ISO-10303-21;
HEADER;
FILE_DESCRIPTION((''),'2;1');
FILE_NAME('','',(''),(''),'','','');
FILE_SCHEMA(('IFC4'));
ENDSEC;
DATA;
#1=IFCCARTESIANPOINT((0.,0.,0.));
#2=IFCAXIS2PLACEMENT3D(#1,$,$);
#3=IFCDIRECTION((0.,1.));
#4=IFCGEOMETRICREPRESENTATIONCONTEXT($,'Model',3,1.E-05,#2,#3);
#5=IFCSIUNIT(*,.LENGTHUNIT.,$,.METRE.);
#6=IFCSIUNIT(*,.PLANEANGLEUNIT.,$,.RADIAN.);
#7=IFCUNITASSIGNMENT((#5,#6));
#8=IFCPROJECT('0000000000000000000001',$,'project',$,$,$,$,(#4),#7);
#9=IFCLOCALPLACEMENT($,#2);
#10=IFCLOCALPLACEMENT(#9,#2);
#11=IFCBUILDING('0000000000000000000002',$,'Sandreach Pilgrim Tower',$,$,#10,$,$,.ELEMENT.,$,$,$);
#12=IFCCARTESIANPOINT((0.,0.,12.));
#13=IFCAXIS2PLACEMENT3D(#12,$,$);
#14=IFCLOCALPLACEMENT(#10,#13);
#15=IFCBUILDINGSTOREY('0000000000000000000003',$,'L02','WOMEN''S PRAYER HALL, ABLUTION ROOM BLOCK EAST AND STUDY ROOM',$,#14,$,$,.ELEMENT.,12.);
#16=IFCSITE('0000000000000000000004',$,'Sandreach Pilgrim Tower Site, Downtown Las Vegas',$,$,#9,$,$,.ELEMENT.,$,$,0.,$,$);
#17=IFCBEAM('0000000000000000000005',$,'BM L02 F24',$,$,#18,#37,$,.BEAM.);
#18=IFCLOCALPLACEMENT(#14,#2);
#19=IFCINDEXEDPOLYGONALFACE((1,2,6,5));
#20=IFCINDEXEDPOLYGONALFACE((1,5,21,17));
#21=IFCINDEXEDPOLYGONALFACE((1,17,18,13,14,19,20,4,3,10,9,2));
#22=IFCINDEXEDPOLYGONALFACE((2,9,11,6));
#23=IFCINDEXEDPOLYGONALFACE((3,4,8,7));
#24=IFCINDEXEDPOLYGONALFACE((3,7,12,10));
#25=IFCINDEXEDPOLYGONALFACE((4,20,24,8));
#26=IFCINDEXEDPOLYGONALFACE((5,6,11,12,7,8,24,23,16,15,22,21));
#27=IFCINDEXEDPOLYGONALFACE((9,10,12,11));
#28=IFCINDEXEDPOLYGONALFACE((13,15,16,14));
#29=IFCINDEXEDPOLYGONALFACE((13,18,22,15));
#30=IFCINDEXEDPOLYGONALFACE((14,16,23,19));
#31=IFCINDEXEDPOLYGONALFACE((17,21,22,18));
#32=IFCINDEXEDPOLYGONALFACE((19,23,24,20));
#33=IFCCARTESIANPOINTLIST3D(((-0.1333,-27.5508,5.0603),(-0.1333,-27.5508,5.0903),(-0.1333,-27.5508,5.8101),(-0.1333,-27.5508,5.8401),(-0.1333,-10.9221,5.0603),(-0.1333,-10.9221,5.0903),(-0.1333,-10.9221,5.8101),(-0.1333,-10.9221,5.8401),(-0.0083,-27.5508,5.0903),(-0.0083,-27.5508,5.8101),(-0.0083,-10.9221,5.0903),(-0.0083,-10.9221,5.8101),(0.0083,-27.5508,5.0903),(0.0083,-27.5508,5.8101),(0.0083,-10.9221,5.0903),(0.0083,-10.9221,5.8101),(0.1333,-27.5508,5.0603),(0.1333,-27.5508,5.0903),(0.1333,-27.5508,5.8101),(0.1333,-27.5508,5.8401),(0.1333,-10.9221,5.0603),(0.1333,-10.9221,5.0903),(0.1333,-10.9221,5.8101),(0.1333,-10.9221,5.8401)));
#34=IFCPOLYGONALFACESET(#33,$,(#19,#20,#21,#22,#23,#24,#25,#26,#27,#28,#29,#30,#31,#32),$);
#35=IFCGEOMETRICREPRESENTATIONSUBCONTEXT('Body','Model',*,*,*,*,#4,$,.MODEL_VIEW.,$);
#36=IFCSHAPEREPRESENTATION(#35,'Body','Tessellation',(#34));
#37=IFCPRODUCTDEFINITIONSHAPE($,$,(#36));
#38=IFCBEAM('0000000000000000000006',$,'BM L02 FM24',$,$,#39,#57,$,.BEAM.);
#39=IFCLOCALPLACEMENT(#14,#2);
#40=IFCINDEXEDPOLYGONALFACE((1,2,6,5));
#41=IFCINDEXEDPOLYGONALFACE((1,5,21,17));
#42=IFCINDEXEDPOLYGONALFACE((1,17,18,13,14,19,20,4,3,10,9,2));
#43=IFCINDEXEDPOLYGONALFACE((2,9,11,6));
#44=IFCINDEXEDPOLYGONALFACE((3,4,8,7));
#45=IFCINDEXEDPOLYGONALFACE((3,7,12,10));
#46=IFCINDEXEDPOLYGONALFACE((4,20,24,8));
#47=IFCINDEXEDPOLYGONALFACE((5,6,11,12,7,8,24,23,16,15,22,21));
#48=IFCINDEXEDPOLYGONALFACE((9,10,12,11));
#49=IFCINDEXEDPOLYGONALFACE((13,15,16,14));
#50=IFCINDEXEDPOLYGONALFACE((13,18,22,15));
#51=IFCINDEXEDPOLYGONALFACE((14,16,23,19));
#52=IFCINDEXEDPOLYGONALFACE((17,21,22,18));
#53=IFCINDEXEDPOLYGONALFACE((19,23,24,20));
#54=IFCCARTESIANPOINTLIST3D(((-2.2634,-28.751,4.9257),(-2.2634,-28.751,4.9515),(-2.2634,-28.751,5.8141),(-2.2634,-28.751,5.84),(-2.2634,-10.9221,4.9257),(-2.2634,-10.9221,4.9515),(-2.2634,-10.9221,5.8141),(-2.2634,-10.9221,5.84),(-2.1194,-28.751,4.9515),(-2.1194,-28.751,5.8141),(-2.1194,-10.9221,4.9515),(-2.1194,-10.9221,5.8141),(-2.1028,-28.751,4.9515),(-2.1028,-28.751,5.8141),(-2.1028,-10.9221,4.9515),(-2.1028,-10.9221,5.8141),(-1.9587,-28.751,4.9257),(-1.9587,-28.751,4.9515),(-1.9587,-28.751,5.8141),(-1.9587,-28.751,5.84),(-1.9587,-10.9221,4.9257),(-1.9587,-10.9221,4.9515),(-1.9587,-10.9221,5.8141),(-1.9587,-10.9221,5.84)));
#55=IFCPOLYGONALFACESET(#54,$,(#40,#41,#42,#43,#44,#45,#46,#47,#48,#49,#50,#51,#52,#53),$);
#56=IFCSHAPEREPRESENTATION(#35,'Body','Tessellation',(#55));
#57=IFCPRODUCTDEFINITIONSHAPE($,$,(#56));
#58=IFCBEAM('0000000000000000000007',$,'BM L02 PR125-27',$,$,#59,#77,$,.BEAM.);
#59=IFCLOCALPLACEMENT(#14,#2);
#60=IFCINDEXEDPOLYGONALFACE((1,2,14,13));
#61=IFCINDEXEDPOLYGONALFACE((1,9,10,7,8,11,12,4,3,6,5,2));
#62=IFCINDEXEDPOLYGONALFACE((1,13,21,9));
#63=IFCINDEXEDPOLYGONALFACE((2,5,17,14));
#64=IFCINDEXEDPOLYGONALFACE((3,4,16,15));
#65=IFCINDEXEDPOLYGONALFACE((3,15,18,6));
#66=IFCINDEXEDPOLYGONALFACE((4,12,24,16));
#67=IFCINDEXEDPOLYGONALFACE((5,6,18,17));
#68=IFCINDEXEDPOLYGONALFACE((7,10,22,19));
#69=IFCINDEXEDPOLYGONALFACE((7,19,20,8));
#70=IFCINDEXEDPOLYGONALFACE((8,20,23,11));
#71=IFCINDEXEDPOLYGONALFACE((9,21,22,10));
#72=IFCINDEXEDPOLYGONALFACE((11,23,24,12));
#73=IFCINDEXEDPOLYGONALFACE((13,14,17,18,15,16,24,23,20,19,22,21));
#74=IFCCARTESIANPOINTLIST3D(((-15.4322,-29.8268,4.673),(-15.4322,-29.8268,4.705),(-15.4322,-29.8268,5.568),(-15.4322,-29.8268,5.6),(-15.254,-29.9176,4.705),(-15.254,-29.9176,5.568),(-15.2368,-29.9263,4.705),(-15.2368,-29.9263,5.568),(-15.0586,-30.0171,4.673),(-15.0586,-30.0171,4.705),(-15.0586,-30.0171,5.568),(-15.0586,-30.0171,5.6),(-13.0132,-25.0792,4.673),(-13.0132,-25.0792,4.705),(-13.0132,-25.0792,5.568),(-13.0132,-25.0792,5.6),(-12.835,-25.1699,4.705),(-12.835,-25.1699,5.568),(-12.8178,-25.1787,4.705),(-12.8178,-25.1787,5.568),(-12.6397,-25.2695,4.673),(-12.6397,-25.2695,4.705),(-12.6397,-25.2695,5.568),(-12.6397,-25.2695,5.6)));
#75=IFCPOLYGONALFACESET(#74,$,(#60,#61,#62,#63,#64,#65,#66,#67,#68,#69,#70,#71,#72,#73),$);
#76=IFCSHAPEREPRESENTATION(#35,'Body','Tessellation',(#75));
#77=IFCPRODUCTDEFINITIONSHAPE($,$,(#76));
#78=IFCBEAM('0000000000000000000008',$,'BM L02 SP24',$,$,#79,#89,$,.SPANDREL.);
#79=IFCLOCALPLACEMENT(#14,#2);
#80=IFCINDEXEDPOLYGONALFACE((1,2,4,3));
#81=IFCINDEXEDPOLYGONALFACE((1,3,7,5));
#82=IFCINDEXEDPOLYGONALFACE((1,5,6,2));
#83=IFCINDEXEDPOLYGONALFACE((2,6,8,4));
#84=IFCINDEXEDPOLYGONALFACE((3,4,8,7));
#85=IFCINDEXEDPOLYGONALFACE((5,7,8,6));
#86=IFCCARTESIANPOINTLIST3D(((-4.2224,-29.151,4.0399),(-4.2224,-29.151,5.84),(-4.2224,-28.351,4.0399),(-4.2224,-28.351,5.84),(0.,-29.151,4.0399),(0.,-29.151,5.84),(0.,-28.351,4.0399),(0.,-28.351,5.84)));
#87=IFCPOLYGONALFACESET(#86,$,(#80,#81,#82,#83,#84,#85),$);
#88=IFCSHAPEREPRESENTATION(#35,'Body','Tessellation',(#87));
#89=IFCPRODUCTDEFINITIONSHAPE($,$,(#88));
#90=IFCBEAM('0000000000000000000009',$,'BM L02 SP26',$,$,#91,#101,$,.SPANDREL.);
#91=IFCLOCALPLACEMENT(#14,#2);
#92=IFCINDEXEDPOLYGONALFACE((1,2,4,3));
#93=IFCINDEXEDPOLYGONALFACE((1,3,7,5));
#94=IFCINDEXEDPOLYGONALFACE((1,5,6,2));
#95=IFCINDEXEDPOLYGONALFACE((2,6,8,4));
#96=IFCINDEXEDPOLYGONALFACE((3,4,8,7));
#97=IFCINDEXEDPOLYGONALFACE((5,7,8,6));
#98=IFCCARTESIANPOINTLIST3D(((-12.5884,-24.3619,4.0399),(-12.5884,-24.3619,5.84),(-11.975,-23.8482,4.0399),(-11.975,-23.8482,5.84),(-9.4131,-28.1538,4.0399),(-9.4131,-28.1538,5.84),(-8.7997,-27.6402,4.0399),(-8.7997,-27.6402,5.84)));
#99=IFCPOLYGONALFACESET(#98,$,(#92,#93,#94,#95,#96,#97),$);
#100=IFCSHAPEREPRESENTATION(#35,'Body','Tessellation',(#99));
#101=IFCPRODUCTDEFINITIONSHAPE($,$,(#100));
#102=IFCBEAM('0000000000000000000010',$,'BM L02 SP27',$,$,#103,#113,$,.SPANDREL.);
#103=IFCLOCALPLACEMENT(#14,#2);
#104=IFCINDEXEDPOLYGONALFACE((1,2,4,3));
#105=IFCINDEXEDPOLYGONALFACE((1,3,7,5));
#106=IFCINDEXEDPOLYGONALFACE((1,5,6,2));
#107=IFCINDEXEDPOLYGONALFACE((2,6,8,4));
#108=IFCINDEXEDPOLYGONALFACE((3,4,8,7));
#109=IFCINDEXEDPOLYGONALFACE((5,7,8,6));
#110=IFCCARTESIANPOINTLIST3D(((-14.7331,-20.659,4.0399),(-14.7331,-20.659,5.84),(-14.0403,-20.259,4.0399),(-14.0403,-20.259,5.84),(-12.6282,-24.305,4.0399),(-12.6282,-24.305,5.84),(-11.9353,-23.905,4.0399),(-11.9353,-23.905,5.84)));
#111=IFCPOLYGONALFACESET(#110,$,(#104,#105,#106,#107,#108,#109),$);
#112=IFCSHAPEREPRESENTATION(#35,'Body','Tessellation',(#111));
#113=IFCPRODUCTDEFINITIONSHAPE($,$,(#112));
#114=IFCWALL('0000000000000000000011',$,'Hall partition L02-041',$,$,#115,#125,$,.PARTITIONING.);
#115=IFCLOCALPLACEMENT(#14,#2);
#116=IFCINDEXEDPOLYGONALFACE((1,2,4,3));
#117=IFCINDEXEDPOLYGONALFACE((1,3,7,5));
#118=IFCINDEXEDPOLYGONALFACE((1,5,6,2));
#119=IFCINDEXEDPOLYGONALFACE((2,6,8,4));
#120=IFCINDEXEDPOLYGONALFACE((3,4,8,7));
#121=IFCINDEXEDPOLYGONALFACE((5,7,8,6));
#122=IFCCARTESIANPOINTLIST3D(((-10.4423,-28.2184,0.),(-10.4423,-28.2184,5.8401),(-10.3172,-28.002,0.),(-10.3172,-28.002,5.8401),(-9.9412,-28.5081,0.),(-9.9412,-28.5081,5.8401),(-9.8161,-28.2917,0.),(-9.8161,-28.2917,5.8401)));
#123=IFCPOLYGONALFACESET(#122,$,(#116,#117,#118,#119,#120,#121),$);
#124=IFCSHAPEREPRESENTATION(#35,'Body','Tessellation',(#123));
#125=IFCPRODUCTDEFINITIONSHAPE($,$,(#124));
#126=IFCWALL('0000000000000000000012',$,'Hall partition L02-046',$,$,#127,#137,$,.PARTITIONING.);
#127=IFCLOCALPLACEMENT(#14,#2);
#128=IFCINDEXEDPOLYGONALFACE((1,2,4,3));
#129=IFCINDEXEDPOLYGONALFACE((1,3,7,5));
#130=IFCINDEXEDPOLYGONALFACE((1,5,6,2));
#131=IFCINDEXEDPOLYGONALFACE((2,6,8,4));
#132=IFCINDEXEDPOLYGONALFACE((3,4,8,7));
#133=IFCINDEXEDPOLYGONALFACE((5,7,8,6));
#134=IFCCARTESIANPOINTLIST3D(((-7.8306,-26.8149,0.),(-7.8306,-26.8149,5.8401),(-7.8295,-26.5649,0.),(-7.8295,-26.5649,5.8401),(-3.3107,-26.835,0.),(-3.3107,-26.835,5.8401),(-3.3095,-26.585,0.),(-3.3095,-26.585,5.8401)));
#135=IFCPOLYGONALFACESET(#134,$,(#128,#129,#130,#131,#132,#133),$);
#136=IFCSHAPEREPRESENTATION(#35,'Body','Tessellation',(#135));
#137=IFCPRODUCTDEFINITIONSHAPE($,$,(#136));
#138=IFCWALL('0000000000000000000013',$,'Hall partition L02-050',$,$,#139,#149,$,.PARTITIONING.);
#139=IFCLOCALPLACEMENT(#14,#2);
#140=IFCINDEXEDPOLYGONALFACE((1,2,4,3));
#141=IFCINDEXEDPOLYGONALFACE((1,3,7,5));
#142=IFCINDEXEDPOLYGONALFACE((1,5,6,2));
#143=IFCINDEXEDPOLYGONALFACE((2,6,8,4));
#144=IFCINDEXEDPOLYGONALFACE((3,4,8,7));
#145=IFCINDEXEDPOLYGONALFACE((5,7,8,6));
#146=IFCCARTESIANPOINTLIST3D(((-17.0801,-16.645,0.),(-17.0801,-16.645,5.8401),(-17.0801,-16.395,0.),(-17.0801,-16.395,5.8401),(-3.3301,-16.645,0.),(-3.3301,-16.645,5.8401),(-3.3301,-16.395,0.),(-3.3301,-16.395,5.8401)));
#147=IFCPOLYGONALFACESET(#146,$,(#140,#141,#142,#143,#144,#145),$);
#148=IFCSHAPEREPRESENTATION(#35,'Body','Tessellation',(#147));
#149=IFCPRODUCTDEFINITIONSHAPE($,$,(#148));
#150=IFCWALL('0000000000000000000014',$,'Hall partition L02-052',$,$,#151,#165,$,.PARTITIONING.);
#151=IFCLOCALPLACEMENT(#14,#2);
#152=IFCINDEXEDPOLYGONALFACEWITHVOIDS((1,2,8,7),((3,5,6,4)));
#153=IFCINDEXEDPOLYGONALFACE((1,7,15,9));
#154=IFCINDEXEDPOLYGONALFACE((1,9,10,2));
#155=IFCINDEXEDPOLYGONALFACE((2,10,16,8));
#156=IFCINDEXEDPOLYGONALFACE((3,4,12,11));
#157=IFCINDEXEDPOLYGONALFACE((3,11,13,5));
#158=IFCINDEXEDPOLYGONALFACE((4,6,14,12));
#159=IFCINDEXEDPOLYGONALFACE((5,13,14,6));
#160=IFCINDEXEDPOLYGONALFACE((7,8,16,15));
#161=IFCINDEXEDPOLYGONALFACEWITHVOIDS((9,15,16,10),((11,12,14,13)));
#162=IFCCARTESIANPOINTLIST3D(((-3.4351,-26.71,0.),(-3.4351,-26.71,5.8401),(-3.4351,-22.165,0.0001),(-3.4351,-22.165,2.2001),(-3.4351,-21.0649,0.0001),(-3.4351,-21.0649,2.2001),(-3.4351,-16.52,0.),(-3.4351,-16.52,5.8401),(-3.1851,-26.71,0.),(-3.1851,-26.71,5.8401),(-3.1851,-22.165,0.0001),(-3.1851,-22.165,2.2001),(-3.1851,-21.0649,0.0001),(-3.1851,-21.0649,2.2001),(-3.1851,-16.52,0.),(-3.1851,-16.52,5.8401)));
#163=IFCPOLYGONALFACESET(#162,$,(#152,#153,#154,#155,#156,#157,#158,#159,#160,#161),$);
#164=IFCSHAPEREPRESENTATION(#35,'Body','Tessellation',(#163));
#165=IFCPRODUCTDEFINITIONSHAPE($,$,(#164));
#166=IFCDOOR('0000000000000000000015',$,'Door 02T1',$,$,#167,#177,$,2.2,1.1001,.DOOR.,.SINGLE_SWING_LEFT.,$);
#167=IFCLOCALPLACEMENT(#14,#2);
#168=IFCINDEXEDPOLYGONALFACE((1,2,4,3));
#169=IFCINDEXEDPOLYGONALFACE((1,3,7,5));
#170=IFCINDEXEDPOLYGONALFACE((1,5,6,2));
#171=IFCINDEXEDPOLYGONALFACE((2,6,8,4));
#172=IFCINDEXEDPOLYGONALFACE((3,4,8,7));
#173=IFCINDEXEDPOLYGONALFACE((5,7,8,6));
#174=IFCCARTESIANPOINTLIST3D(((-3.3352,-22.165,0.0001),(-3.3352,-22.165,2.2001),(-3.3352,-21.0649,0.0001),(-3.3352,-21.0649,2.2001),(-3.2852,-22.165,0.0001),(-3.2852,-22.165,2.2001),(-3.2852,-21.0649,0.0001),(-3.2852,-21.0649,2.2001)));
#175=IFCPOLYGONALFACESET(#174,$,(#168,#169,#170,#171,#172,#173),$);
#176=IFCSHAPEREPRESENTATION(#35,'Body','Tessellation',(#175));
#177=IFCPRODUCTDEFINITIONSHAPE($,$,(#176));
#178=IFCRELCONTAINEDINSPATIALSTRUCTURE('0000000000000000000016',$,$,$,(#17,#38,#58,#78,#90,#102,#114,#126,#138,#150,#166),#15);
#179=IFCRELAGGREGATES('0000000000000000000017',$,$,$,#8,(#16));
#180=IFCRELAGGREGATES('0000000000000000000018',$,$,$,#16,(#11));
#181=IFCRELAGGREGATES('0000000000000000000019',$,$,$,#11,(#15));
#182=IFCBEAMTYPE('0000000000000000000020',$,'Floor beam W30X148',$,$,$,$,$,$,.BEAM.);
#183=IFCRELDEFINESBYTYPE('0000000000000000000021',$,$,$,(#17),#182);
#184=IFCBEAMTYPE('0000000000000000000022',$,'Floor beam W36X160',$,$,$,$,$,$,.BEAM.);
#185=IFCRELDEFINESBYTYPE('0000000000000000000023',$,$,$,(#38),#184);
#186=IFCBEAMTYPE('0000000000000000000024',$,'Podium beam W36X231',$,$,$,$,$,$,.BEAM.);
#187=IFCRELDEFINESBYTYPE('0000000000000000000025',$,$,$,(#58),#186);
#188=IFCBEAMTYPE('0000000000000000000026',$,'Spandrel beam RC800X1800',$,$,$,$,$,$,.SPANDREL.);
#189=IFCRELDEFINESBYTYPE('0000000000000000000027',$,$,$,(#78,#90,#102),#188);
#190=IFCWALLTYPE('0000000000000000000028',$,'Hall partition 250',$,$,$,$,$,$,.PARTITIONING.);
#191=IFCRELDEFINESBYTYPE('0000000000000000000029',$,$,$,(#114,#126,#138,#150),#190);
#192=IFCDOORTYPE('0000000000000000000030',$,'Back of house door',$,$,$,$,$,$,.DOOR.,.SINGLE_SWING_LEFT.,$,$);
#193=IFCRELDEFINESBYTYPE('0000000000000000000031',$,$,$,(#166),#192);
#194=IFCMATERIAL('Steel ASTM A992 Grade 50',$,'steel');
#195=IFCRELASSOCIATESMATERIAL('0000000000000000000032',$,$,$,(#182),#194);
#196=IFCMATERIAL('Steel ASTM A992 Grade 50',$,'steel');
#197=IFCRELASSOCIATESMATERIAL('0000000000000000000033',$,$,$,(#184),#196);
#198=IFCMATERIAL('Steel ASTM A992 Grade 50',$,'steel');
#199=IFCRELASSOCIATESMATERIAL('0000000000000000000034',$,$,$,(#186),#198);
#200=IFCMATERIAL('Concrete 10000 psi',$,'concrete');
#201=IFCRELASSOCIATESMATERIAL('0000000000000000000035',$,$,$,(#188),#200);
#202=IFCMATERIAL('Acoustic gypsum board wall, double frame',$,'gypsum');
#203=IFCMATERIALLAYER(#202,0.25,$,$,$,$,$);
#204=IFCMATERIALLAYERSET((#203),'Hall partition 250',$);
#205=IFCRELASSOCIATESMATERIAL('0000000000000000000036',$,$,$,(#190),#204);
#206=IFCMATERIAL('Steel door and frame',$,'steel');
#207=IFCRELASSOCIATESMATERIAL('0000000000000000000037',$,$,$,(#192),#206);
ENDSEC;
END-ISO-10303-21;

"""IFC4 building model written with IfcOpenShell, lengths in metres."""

from ifc_helpers import new_model, si_unit, direction, frame, frame_2d, origin, origin_2d, place, context, subcontext, project, spatial, rectangle, i_section, extrude, material, layer, layer_set, material_profile, profile_set, type_object, element, fill, save


model = new_model("IFC4")

# Units and contexts
model_context = context("Model", 3, precision=1e-05, world=origin(), true_north=direction((0.0, 1.0)))
body_context = subcontext(model_context, "Body", "Model", "MODEL_VIEW")
ifc_project = project(units=[si_unit("LENGTHUNIT", "METRE"), si_unit("PLANEANGLEUNIT", "RADIAN")], contexts=[model_context])

# Site, building, storey
site_placement = place(None, origin())
site = spatial("IfcSite", under=ifc_project, at=site_placement, Name="Sandreach Pilgrim Tower Site, Downtown Las Vegas", CompositionType="ELEMENT", RefElevation=0.0)
building_placement = place(site_placement, origin())
building = spatial("IfcBuilding", under=site, at=building_placement, Name="Sandreach Pilgrim Tower", CompositionType="ELEMENT")
storey_placement = place(building_placement, frame((0.0, 0.0, 12.0)))
storey = spatial("IfcBuildingStorey", under=building, at=storey_placement, Name="L02", Description="WOMEN'S PRAYER HALL, ABLUTION ROOM BLOCK EAST AND STUDY ROOM", CompositionType="ELEMENT", Elevation=12.0)

# Beams
ifc_material_1 = material(Name="Steel ASTM A992 Grade 50", Category="steel")
ifc_material_profile_1 = material_profile(ifc_material_1, i_section(OverallWidth=0.2666, OverallDepth=0.7798, WebThickness=0.0166, FlangeThickness=0.03, at=origin_2d()), Name="W30X148")
ifc_profile_set_1 = profile_set([ifc_material_profile_1], Name="Steel ASTM A992 Grade 50")
beam_type_1 = type_object("IfcBeamType", Name="Floor beam W30X148", PredefinedType="BEAM", material=ifc_profile_set_1)
beam_1_placement = place(storey_placement, frame((0.0, -27.5508, 5.4502), z_axis=(0.0, 1.0, 0.0), x_axis=(-1.0, 0.0, 0.0)))
element("IfcBeam", 1, at=beam_1_placement, inside=storey, type_object=beam_type_1, Name="BM L02 F24", PredefinedType="BEAM", context=body_context, shape_type="SweptSolid", body=[
    extrude(i_section(OverallWidth=0.2666, OverallDepth=0.7798, WebThickness=0.0166, FlangeThickness=0.03, at=origin_2d()), origin(), (0.0, 0.0, 1.0), 16.6287),
])
ifc_material_2 = material(Name="Steel ASTM A992 Grade 50", Category="steel")
ifc_material_profile_2 = material_profile(ifc_material_2, i_section(OverallWidth=0.3047, OverallDepth=0.9143, WebThickness=0.0166, FlangeThickness=0.0259, at=origin_2d()), Name="W36X160")
ifc_profile_set_2 = profile_set([ifc_material_profile_2], Name="Steel ASTM A992 Grade 50")
beam_type_2 = type_object("IfcBeamType", Name="Floor beam W36X160", PredefinedType="BEAM", material=ifc_profile_set_2)
beam_2_placement = place(storey_placement, frame((-2.1111, -28.751, 5.3828), z_axis=(0.0, 1.0, 0.0), x_axis=(-1.0, 0.0, 0.0)))
element("IfcBeam", 2, at=beam_2_placement, inside=storey, type_object=beam_type_2, Name="BM L02 FM24", PredefinedType="BEAM", context=body_context, shape_type="SweptSolid", body=[
    extrude(i_section(OverallWidth=0.3047, OverallDepth=0.9143, WebThickness=0.0166, FlangeThickness=0.0259, at=origin_2d()), origin(), (0.0, 0.0, 1.0), 17.8289),
])
ifc_material_3 = material(Name="Steel ASTM A992 Grade 50", Category="steel")
ifc_material_profile_3 = material_profile(ifc_material_3, i_section(OverallWidth=0.4192, OverallDepth=0.927, WebThickness=0.0193, FlangeThickness=0.032, at=origin_2d()), Name="W36X231")
ifc_profile_set_3 = profile_set([ifc_material_profile_3], Name="Steel ASTM A992 Grade 50")
beam_type_3 = type_object("IfcBeamType", Name="Podium beam W36X231", PredefinedType="BEAM", material=ifc_profile_set_3)
beam_3_placement = place(storey_placement, frame((-12.8264, -25.1743, 5.1365), z_axis=(-0.453982, -0.891011, 0.0), x_axis=(0.891011, -0.453982, 0.0)))
element("IfcBeam", 3, at=beam_3_placement, inside=storey, type_object=beam_type_3, Name="BM L02 PR125-27", PredefinedType="BEAM", context=body_context, shape_type="SweptSolid", body=[
    extrude(i_section(OverallWidth=0.4192, OverallDepth=0.927, WebThickness=0.0193, FlangeThickness=0.032, at=origin_2d()), origin(), (0.0, 0.0, 1.0), 5.3284),
])
ifc_material_4 = material(Name="Concrete 10000 psi", Category="concrete")
ifc_material_profile_4 = material_profile(ifc_material_4, rectangle(XDim=0.8, YDim=1.8, at=origin_2d()), Name="RC800X1800")
ifc_profile_set_4 = profile_set([ifc_material_profile_4], Name="Concrete 10000 psi")
beam_type_4 = type_object("IfcBeamType", Name="Spandrel beam RC800X1800", PredefinedType="SPANDREL", material=ifc_profile_set_4)
beam_4_placement = place(storey_placement, frame((0.0, -28.751, 4.9399), z_axis=(-1.0, 0.0, 0.0), x_axis=(0.0, -1.0, 0.0)))
element("IfcBeam", 4, at=beam_4_placement, inside=storey, type_object=beam_type_4, Name="BM L02 SP24", PredefinedType="SPANDREL", context=body_context, shape_type="SweptSolid", body=[
    extrude(rectangle(XDim=0.8, YDim=1.8, at=origin_2d()), origin(), (0.0, 0.0, 1.0), 4.2224),
])
beam_5_placement = place(storey_placement, frame((-9.1064, -27.897, 4.9399), z_axis=(-0.642008, 0.766698, 0.0), x_axis=(-0.766698, -0.642008, 0.0)))
element("IfcBeam", 5, at=beam_5_placement, inside=storey, type_object=beam_type_4, Name="BM L02 SP26", PredefinedType="SPANDREL", context=body_context, shape_type="SweptSolid", body=[
    extrude(rectangle(XDim=0.8, YDim=1.8, at=origin_2d()), origin(), (0.0, 0.0, 1.0), 4.9458),
])
beam_6_placement = place(storey_placement, frame((-12.2817, -24.105, 4.9399), z_axis=(-0.499994, 0.866029, 0.0), x_axis=(-0.866029, -0.499994, 0.0)))
element("IfcBeam", 6, at=beam_6_placement, inside=storey, type_object=beam_type_4, Name="BM L02 SP27", PredefinedType="SPANDREL", context=body_context, shape_type="SweptSolid", body=[
    extrude(rectangle(XDim=0.8, YDim=1.8, at=origin_2d()), origin(), (0.0, 0.0, 1.0), 4.21),
])

# Walls
ifc_material_5 = material(Name="Acoustic gypsum board wall, double frame", Category="gypsum")
ifc_layer = layer(ifc_material_5, 0.25)
ifc_layer_set = layer_set([ifc_layer], Name="Hall partition 250")
wall_type = type_object("IfcWallType", Name="Hall partition 250", PredefinedType="PARTITIONING", material=ifc_layer_set)
wall_1_placement = place(storey_placement, frame((-10.3799, -28.1101, 0.0), z_axis=(0.0, 0.0, 1.0), x_axis=(0.865715, -0.500538, 0.0)))
element("IfcWall", 7, at=wall_1_placement, inside=storey, type_object=wall_type, Name="Hall partition L02-041", PredefinedType="PARTITIONING", context=body_context, shape_type="SweptSolid", body=[
    extrude(rectangle(XDim=0.5789, YDim=0.25, at=frame_2d((0.2896, 0.0))), origin(), (0.0, 0.0, 1.0), 5.8401),
])
wall_2_placement = place(storey_placement, frame((-7.8301, -26.6899, 0.0), z_axis=(0.0, 0.0, 1.0), x_axis=(0.99999, -0.004429, 0.0)))
element("IfcWall", 8, at=wall_2_placement, inside=storey, type_object=wall_type, Name="Hall partition L02-046", PredefinedType="PARTITIONING", context=body_context, shape_type="SweptSolid", body=[
    extrude(rectangle(XDim=4.52, YDim=0.25, at=frame_2d((2.26, 0.0))), origin(), (0.0, 0.0, 1.0), 5.8401),
])
wall_3_placement = place(storey_placement, frame((-3.3301, -16.52, 0.0), z_axis=(0.0, 0.0, 1.0), x_axis=(-1.0, 0.0, 0.0)))
element("IfcWall", 9, at=wall_3_placement, inside=storey, type_object=wall_type, Name="Hall partition L02-050", PredefinedType="PARTITIONING", context=body_context, shape_type="SweptSolid", body=[
    extrude(rectangle(XDim=13.75, YDim=0.25, at=frame_2d((6.875, 0.0))), origin(), (0.0, 0.0, 1.0), 5.8401),
])

# Wall, opening, door
wall_4_placement = place(storey_placement, frame((-3.3101, -16.52, 0.0), z_axis=(0.0, 0.0, 1.0), x_axis=(0.0, -1.0, 0.0)))
wall_4 = element("IfcWall", 10, at=wall_4_placement, inside=storey, type_object=wall_type, Name="Hall partition L02-052", PredefinedType="PARTITIONING", context=body_context, shape_type="SweptSolid", body=[
    extrude(rectangle(XDim=10.1899, YDim=0.25, at=frame_2d((5.095, 0.0))), origin(), (0.0, 0.0, 1.0), 5.8401),
])
opening_1_placement = place(wall_4_placement, frame((4.5449, 0.0, 0.0)))
opening_1 = element("IfcOpeningElement", 11, at=opening_1_placement, cuts=wall_4, PredefinedType="OPENING", context=body_context, shape_type="SweptSolid", body=[
    extrude(rectangle(XDim=1.1001, YDim=2.2, at=frame_2d((0.55, 1.1001))), frame((0.0, 0.125, 0.0), z_axis=(0.0, -1.0, 0.0), x_axis=(1.0, 0.0, 0.0)), (0.0, 0.0, 1.0), 0.25),
])
ifc_material_6 = material(Name="Steel door and frame", Category="steel")
door_type = type_object("IfcDoorType", Name="Back of house door", OperationType="SINGLE_SWING_LEFT", PredefinedType="DOOR", material=ifc_material_6)
door_1_placement = place(opening_1_placement, origin())
door_1 = element("IfcDoor", 12, at=door_1_placement, inside=storey, type_object=door_type, Name="Door 02T1", OperationType="SINGLE_SWING_LEFT", OverallHeight=2.2, OverallWidth=1.1001, PredefinedType="DOOR", context=body_context, shape_type="SweptSolid", body=[
    extrude(rectangle(XDim=1.1001, YDim=2.2, at=frame_2d((0.55, 1.1001))), frame((0.0, 0.0249, 0.0), z_axis=(0.0, -1.0, 0.0), x_axis=(1.0, 0.0, 0.0)), (0.0, 0.0, 1.0), 0.05),
])
fill(opening_1, door_1)

save(model, "model.ifc")
